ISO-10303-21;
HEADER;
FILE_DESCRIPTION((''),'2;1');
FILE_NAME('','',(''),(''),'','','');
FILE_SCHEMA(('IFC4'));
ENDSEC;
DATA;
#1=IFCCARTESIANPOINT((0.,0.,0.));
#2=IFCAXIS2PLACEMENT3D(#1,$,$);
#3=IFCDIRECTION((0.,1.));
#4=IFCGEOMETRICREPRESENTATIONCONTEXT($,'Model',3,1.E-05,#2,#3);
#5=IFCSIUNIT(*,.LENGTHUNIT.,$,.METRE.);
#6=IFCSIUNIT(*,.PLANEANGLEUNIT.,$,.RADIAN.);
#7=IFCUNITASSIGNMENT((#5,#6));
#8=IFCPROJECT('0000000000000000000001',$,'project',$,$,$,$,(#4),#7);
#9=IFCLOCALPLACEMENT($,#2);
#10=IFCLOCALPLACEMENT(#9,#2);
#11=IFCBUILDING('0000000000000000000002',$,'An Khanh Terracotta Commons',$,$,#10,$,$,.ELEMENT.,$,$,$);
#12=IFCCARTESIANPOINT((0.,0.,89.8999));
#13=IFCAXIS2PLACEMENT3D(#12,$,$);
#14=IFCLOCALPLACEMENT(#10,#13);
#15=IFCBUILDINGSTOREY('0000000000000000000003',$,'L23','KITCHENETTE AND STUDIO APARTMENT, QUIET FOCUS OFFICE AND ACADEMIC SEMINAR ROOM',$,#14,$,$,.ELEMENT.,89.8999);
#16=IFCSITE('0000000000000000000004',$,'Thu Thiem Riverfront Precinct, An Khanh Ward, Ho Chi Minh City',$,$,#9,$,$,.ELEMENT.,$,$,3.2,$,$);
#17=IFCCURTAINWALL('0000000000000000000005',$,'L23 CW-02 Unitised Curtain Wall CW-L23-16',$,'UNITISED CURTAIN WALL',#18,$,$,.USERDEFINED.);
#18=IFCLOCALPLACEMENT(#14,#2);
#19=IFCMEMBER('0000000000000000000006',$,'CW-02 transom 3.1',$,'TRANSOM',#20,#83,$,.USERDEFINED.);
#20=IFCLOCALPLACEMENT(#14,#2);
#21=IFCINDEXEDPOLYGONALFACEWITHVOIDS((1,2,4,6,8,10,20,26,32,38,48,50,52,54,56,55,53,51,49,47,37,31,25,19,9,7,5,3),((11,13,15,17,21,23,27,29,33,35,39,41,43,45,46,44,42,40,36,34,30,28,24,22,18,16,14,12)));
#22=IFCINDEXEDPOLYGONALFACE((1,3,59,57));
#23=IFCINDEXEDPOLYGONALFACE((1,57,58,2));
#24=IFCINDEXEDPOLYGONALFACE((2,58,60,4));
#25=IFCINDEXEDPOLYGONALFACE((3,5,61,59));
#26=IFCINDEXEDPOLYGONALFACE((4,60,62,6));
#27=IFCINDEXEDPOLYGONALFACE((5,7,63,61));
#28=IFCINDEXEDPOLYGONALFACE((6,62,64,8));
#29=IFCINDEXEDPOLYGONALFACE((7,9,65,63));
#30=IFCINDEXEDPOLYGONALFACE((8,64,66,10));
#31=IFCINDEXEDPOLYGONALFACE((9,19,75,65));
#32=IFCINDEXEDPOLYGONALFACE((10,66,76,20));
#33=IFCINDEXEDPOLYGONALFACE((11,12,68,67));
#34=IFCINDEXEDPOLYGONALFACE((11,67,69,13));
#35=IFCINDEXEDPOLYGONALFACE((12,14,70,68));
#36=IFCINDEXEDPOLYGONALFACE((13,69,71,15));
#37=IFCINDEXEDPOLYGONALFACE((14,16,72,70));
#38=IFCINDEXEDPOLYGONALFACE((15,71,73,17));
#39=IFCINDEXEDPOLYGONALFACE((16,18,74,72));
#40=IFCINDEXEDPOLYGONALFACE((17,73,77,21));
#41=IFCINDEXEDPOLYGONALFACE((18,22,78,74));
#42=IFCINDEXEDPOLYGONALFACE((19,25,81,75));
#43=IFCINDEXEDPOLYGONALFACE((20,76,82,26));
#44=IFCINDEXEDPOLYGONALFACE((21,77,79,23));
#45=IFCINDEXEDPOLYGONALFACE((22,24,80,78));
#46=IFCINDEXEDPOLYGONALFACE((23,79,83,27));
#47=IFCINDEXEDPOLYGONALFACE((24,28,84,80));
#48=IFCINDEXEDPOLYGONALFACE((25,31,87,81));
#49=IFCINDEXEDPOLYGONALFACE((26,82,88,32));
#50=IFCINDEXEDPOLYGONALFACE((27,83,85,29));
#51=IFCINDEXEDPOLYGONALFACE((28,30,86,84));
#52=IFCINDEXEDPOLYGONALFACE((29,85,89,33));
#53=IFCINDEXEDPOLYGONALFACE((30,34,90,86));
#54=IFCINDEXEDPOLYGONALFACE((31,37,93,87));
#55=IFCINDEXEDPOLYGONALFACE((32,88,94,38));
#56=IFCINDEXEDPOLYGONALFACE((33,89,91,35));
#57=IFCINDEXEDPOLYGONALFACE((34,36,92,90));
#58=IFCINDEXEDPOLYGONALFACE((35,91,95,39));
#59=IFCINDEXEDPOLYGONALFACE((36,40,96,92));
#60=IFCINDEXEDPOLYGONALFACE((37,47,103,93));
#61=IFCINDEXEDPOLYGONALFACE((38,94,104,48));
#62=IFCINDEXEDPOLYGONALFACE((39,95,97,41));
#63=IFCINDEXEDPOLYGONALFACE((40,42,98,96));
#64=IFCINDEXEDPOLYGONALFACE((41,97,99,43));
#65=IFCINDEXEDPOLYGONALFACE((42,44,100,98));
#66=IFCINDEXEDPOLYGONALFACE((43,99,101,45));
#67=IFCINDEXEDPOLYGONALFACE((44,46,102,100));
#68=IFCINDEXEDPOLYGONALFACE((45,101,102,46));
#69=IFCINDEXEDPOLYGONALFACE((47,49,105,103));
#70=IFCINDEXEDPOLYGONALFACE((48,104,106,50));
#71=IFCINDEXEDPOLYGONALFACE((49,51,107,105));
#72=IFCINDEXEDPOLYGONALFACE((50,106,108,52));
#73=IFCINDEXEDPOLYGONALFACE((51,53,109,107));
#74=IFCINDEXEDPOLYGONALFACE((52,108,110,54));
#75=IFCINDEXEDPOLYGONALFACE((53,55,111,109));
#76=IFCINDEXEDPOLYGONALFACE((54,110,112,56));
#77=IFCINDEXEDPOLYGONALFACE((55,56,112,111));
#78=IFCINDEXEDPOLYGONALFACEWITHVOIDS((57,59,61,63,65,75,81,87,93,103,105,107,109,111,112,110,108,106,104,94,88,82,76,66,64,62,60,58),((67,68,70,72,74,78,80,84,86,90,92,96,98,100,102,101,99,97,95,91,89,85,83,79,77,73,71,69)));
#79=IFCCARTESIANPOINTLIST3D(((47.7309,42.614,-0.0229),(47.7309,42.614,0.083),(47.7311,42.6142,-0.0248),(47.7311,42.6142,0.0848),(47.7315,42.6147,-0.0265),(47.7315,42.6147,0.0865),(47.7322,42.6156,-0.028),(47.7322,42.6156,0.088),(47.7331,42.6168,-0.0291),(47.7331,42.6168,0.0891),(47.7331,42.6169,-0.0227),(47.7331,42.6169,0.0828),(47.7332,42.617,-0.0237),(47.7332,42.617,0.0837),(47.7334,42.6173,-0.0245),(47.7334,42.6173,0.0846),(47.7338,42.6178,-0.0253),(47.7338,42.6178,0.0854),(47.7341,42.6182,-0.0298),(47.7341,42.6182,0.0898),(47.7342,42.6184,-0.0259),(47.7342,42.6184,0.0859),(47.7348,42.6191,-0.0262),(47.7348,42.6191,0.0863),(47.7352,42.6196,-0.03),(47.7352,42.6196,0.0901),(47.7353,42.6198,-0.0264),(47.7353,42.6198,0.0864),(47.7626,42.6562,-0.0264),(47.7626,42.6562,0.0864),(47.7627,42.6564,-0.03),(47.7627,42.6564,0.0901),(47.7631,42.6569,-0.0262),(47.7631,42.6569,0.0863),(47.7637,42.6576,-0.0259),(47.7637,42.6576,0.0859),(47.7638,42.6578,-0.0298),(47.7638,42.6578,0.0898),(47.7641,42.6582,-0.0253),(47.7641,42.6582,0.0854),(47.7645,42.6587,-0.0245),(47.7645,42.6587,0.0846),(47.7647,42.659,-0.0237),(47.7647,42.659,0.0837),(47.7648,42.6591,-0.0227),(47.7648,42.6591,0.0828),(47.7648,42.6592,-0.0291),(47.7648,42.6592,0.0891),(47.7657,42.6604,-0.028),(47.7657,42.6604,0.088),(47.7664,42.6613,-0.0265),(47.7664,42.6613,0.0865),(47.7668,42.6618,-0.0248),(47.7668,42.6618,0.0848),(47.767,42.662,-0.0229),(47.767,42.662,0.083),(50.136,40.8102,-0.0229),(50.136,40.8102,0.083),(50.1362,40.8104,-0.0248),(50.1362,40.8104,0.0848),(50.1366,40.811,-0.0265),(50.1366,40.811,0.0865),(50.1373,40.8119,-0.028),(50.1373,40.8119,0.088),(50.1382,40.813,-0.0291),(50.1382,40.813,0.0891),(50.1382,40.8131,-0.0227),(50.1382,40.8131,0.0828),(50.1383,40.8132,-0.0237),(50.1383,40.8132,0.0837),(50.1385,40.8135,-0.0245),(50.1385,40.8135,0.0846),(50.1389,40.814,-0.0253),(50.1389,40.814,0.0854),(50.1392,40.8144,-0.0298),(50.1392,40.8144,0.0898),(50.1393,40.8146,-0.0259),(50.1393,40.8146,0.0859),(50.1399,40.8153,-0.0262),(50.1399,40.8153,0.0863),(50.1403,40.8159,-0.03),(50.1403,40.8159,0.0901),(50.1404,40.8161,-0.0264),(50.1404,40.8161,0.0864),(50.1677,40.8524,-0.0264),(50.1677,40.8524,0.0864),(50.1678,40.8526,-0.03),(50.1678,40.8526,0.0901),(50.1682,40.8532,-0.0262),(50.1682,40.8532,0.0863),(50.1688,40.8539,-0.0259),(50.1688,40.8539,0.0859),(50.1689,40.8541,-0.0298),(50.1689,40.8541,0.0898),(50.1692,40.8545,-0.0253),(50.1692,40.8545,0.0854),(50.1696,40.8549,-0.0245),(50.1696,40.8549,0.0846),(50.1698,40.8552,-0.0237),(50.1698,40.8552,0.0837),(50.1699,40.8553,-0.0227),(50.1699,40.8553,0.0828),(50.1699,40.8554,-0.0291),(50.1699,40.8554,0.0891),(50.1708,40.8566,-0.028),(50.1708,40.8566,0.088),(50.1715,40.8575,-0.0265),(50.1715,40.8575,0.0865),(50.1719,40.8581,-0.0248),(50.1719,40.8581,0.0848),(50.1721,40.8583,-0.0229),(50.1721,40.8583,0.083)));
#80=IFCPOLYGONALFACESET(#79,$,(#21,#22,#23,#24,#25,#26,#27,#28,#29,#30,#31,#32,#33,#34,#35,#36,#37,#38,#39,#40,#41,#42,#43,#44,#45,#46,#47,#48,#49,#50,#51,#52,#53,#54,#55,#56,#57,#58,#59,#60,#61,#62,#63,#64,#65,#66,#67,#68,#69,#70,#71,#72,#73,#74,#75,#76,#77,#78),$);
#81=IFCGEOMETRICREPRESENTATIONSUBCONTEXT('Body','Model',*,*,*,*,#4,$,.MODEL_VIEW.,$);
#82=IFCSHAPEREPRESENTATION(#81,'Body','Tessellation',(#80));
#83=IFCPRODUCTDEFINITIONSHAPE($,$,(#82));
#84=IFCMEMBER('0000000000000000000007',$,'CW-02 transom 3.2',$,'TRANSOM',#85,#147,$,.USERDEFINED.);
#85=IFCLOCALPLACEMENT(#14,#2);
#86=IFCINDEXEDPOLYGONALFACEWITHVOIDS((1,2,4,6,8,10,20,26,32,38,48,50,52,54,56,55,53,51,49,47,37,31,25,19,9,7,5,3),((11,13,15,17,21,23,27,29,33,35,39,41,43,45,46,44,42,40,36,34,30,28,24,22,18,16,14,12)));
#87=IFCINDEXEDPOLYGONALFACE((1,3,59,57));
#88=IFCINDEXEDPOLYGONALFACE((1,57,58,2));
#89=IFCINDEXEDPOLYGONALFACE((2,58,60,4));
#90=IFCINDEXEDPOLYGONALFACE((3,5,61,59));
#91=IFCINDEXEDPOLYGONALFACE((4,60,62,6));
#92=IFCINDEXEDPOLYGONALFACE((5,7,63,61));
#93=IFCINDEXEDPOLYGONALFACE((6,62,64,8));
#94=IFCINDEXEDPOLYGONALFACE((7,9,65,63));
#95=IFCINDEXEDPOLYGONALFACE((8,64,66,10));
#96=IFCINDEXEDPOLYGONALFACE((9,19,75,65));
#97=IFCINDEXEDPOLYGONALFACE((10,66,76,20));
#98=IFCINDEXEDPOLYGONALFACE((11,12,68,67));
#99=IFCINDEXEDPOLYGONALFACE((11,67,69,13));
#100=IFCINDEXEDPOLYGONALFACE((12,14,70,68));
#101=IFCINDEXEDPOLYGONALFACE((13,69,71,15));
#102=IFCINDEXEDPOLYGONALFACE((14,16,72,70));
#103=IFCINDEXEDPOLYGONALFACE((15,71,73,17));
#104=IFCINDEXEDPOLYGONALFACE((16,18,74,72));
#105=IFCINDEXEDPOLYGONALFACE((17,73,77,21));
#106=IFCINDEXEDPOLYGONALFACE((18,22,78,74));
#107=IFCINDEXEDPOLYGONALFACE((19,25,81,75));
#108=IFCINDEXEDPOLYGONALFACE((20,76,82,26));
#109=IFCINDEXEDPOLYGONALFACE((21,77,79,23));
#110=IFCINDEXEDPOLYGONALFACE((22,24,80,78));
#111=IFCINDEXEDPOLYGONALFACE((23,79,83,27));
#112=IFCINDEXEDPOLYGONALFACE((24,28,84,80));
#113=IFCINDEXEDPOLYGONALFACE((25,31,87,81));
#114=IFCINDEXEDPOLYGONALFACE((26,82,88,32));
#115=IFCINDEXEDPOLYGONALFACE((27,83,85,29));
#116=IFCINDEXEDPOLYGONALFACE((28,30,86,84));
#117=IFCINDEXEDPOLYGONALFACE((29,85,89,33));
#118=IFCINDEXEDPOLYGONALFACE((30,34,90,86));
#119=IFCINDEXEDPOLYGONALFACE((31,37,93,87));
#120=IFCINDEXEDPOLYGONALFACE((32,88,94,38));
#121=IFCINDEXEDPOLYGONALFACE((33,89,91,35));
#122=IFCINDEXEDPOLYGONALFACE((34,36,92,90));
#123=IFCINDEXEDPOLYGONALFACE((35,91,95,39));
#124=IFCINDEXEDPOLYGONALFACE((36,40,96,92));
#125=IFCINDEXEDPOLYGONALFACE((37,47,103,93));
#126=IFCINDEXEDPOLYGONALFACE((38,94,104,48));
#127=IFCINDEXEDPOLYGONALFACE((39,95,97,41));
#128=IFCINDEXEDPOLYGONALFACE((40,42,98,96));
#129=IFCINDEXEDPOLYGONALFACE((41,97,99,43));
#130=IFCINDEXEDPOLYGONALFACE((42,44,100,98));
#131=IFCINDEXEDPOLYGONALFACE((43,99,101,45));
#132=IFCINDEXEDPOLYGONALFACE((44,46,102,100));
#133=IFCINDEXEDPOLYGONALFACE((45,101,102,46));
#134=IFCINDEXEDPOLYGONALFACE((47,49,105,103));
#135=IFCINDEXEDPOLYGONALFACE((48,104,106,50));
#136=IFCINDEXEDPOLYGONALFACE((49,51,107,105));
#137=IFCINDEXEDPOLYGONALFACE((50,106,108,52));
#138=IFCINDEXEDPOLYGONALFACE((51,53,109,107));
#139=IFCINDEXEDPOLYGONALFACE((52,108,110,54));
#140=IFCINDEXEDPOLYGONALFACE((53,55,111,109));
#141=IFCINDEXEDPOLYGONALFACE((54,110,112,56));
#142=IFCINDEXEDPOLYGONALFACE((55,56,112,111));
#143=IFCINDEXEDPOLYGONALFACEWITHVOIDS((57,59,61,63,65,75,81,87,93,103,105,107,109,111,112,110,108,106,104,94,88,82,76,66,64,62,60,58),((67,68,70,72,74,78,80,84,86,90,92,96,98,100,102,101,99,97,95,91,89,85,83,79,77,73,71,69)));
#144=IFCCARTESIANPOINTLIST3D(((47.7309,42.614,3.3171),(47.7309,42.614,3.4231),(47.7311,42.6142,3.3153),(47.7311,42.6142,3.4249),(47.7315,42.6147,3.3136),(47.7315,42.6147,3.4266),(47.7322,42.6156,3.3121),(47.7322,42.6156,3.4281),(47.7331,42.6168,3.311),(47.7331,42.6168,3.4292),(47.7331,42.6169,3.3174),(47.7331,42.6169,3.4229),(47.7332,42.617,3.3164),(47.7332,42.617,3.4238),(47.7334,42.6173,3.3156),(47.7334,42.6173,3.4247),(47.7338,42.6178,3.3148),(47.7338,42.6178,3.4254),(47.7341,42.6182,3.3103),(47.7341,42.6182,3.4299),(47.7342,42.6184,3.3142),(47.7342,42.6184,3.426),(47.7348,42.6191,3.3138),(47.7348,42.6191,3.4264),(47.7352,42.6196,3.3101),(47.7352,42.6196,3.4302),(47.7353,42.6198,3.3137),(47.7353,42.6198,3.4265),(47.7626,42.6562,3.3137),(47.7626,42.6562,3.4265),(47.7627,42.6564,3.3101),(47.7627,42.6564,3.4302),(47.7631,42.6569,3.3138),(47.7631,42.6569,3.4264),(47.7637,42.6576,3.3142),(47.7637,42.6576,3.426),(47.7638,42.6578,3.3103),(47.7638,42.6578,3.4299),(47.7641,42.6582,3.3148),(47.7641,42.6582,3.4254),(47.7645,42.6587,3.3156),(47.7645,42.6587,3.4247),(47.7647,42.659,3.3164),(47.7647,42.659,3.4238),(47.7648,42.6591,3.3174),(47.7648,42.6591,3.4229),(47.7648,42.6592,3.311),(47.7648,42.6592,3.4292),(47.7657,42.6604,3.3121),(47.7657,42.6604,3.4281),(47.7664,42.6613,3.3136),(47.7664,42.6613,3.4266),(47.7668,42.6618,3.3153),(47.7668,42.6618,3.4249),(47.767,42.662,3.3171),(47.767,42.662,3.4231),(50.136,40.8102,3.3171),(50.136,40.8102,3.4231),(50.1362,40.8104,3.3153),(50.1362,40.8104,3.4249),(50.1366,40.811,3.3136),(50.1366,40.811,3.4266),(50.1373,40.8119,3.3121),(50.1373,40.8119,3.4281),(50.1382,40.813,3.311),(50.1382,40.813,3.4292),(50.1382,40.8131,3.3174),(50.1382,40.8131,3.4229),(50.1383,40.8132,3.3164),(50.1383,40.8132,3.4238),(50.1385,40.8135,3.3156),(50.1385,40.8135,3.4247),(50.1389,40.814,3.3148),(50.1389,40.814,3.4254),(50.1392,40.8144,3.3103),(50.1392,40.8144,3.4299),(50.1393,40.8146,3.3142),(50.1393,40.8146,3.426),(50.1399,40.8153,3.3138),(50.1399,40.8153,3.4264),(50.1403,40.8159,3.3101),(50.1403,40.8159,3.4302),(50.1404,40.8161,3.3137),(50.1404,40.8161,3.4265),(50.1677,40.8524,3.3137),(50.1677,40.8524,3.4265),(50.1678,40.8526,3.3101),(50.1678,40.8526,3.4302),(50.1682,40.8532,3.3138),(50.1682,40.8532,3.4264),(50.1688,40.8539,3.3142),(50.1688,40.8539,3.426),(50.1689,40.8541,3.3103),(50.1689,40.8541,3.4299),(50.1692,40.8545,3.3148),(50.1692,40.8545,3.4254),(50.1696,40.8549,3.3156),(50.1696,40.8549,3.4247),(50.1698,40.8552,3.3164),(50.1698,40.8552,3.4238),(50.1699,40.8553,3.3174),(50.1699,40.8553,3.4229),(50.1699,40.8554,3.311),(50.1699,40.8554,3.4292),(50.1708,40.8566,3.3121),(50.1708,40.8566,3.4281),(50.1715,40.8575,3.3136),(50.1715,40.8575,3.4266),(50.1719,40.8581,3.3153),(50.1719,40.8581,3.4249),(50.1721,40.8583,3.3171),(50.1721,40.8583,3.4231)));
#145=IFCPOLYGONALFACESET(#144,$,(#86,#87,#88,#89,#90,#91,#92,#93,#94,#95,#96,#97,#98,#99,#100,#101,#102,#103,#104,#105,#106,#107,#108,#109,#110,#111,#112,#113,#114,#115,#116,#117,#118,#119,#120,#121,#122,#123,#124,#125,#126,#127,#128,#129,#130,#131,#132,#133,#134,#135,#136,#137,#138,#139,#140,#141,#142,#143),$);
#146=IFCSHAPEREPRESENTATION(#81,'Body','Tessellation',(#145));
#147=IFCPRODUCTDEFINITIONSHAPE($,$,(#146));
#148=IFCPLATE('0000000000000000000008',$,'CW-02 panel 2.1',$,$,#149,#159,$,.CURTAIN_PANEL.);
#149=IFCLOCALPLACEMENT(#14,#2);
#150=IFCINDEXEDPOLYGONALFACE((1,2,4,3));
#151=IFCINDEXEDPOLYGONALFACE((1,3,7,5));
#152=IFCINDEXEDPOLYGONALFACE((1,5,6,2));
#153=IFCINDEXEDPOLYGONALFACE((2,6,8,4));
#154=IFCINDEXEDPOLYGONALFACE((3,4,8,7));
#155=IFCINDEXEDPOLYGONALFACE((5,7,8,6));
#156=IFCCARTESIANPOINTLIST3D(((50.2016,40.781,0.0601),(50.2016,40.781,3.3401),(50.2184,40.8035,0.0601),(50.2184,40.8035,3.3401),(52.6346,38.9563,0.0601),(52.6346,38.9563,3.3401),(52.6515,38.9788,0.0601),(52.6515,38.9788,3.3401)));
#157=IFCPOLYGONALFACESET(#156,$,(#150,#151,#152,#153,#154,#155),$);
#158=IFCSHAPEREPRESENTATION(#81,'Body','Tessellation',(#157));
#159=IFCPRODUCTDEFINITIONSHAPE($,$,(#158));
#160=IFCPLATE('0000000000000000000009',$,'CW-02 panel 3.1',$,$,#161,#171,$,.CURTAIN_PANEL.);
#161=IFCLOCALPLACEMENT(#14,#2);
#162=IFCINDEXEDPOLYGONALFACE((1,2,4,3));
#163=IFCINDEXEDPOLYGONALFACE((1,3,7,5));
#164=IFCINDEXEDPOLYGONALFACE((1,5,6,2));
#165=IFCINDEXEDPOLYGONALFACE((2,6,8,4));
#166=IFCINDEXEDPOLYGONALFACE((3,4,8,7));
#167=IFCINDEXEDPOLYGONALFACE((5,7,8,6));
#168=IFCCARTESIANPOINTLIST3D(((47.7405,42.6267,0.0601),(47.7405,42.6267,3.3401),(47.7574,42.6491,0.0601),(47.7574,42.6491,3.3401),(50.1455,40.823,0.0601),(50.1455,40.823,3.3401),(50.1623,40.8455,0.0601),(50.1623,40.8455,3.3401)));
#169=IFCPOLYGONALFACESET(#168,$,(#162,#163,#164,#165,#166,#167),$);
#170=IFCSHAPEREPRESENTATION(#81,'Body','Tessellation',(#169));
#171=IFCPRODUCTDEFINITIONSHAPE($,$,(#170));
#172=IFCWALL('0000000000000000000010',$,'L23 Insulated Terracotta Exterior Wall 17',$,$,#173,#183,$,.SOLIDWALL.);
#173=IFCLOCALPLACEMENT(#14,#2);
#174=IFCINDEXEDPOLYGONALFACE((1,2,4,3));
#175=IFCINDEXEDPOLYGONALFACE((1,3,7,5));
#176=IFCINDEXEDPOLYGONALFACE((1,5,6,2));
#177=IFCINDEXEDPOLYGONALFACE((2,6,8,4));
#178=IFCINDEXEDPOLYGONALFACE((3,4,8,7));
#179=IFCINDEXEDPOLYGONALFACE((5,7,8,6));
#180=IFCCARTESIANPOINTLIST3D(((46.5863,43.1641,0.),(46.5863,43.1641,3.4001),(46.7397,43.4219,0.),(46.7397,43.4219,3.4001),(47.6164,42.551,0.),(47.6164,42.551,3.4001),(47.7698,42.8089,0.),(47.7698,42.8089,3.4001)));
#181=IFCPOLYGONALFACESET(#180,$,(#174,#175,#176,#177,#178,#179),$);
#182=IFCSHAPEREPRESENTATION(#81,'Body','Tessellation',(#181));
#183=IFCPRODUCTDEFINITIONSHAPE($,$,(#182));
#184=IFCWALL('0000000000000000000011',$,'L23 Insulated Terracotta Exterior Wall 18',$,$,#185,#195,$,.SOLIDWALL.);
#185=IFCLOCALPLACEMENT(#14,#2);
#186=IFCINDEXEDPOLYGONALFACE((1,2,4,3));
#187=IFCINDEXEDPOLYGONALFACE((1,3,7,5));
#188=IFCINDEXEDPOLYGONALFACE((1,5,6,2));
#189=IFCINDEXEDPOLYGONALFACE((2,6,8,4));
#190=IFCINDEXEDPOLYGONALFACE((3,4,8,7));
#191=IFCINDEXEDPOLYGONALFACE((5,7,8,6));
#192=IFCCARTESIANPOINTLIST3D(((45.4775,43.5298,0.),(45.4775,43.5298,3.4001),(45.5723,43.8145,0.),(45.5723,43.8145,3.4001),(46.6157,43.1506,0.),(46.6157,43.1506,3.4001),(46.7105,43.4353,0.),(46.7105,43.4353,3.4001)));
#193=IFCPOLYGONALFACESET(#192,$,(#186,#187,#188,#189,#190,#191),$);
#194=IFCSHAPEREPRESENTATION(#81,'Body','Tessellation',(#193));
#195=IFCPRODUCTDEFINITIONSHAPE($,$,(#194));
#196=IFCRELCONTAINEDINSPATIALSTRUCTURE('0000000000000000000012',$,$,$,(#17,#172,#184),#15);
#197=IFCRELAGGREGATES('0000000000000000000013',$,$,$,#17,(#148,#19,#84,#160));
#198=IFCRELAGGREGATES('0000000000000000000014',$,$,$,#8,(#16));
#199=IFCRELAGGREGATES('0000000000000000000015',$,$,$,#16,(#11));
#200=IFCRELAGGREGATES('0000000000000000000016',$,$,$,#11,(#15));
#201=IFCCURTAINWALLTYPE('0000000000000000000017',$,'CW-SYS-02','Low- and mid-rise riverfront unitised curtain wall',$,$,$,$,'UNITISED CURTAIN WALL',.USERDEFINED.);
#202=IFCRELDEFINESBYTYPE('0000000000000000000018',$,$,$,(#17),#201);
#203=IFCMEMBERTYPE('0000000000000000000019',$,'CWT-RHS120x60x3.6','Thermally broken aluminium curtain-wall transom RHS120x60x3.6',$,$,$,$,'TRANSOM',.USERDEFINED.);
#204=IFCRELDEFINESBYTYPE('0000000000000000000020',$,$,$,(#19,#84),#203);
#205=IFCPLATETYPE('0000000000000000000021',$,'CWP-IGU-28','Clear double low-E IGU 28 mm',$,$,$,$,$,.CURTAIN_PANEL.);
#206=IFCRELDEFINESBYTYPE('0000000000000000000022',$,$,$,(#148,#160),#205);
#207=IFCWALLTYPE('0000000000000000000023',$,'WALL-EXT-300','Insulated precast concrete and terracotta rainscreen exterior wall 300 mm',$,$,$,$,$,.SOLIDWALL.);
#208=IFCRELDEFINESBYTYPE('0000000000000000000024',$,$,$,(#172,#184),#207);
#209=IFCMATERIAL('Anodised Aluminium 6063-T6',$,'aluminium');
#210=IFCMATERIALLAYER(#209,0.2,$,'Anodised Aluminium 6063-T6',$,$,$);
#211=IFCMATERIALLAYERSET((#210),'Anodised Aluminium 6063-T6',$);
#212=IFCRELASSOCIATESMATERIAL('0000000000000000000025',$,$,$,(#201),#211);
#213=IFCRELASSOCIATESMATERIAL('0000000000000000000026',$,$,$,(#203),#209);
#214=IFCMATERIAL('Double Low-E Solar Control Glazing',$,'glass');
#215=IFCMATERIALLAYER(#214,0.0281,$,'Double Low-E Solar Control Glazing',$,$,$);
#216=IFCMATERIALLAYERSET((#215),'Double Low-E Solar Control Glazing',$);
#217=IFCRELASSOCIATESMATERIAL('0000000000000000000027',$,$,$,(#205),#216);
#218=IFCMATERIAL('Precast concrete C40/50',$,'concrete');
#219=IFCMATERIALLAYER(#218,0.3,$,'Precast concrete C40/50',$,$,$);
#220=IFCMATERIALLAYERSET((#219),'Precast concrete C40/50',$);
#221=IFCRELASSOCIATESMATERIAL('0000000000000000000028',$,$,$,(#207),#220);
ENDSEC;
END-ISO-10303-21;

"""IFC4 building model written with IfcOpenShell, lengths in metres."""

from ifc_helpers import new_model, si_unit, direction, frame, frame_2d, origin, origin_2d, place, context, subcontext, project, spatial, rectangle, hollow_rectangle, extrude, material, layer, layer_set, material_profile, profile_set, type_object, element, aggregate, save


model = new_model("IFC4")

# Units and contexts
model_context = context("Model", 3, precision=1e-05, world=origin(), true_north=direction((0.0, 1.0)))
body_context = subcontext(model_context, "Body", "Model", "MODEL_VIEW")
ifc_project = project(units=[si_unit("LENGTHUNIT", "METRE"), si_unit("PLANEANGLEUNIT", "RADIAN")], contexts=[model_context])

# Site, building, storey
site_placement = place(None, origin())
site = spatial("IfcSite", under=ifc_project, at=site_placement, Name="Thu Thiem Riverfront Precinct, An Khanh Ward, Ho Chi Minh City", CompositionType="ELEMENT", RefElevation=3.2)
building_placement = place(site_placement, origin())
building = spatial("IfcBuilding", under=site, at=building_placement, Name="An Khanh Terracotta Commons", CompositionType="ELEMENT")
storey_placement = place(building_placement, frame((0.0, 0.0, 89.8999)))
storey = spatial("IfcBuildingStorey", under=building, at=storey_placement, Name="L23", Description="KITCHENETTE AND STUDIO APARTMENT, QUIET FOCUS OFFICE AND ACADEMIC SEMINAR ROOM", CompositionType="ELEMENT", Elevation=89.8999)

# Curtain wall, members, plates
ifc_material_1 = material(Name="Anodised Aluminium 6063-T6", Category="aluminium")
ifc_layer_1 = layer(ifc_material_1, 0.2, Name="Anodised Aluminium 6063-T6")
ifc_layer_set_1 = layer_set([ifc_layer_1], Name="Anodised Aluminium 6063-T6")
curtain_wall_type = type_object("IfcCurtainWallType", Name="CW-SYS-02", Description="Low- and mid-rise riverfront unitised curtain wall", ElementType="UNITISED CURTAIN WALL", PredefinedType="USERDEFINED", material=ifc_layer_set_1)
curtain_wall_placement = place(storey_placement, origin())
curtain_wall = element("IfcCurtainWall", 1, at=curtain_wall_placement, inside=storey, type_object=curtain_wall_type, Name="L23 CW-02 Unitised Curtain Wall CW-L23-16", ObjectType="UNITISED CURTAIN WALL", PredefinedType="USERDEFINED")
ifc_material_profile_1 = material_profile(ifc_material_1, hollow_rectangle(XDim=0.0601, YDim=0.1201, WallThickness=0.0037, InnerFilletRadius=0.0037, OuterFilletRadius=0.0071, at=origin_2d()), Name="RHS120x60x3.6")
ifc_profile_set_1 = profile_set([ifc_material_profile_1], Name="Anodised Aluminium 6063-T6")
member_type_1 = type_object("IfcMemberType", Name="CWT-RHS120x60x3.6", Description="Thermally broken aluminium curtain-wall transom RHS120x60x3.6", ElementType="TRANSOM", PredefinedType="USERDEFINED", material=ifc_profile_set_1)
member_1_placement = place(storey_placement, frame((50.1541, 40.8342, 0.03), z_axis=(-0.80001, 0.599987, 0.0), x_axis=(-0.599987, -0.80001, 0.0)))
member_1 = element("IfcMember", 2, at=member_1_placement, type_object=member_type_1, Name="CW-02 transom 3.1", ObjectType="TRANSOM", PredefinedType="USERDEFINED", context=body_context, shape_type="SweptSolid", body=[
    extrude(hollow_rectangle(XDim=0.0601, YDim=0.1201, WallThickness=0.0037, InnerFilletRadius=0.0037, OuterFilletRadius=0.0071, at=origin_2d()), origin(), (0.0, 0.0, 1.0), 3.0063),
])
member_2_placement = place(storey_placement, frame((50.1541, 40.8342, 3.3701), z_axis=(-0.80001, 0.599987, 0.0), x_axis=(-0.599987, -0.80001, 0.0)))
member_2 = element("IfcMember", 3, at=member_2_placement, type_object=member_type_1, Name="CW-02 transom 3.2", ObjectType="TRANSOM", PredefinedType="USERDEFINED", context=body_context, shape_type="SweptSolid", body=[
    extrude(hollow_rectangle(XDim=0.0601, YDim=0.1201, WallThickness=0.0037, InnerFilletRadius=0.0037, OuterFilletRadius=0.0071, at=origin_2d()), origin(), (0.0, 0.0, 1.0), 3.0063),
])
ifc_material_2 = material(Name="Double Low-E Solar Control Glazing", Category="glass")
ifc_layer_2 = layer(ifc_material_2, 0.0281, Name="Double Low-E Solar Control Glazing")
ifc_layer_set_2 = layer_set([ifc_layer_2], Name="Double Low-E Solar Control Glazing")
plate_type = type_object("IfcPlateType", Name="CWP-IGU-28", Description="Clear double low-E IGU 28 mm", PredefinedType="CURTAIN_PANEL", material=ifc_layer_set_2)
plate_1_placement = place(storey_placement, frame((51.4265, 39.8799, 0.0601), z_axis=(0.0, 0.0, 1.0), x_axis=(-0.800013, 0.599983, 0.0)))
plate_1 = element("IfcPlate", 4, at=plate_1_placement, type_object=plate_type, Name="CW-02 panel 2.1", PredefinedType="CURTAIN_PANEL", context=body_context, shape_type="SweptSolid", body=[
    extrude(rectangle(XDim=3.0413, YDim=0.0281, at=origin_2d()), origin(), (0.0, 0.0, 1.0), 3.28),
])
plate_2_placement = place(storey_placement, frame((48.9514, 41.7361, 0.0601), z_axis=(0.0, 0.0, 1.0), x_axis=(-0.800013, 0.599983, 0.0)))
plate_2 = element("IfcPlate", 5, at=plate_2_placement, type_object=plate_type, Name="CW-02 panel 3.1", PredefinedType="CURTAIN_PANEL", context=body_context, shape_type="SweptSolid", body=[
    extrude(rectangle(XDim=3.0061, YDim=0.0281, at=origin_2d()), origin(), (0.0, 0.0, 1.0), 3.28),
])
aggregate(curtain_wall, [plate_1, member_1, member_2, plate_2])

# Walls
ifc_material_3 = material(Name="Precast concrete C40/50", Category="concrete")
ifc_layer_3 = layer(ifc_material_3, 0.3, Name="Precast concrete C40/50")
ifc_layer_set_3 = layer_set([ifc_layer_3], Name="Precast concrete C40/50")
wall_type_1 = type_object("IfcWallType", Name="WALL-EXT-300", Description="Insulated precast concrete and terracotta rainscreen exterior wall 300 mm", PredefinedType="SOLIDWALL", material=ifc_layer_set_3)
wall_1_placement = place(storey_placement, frame((47.6931, 42.6799, 0.0), z_axis=(0.0, 0.0, 1.0), x_axis=(-0.859321, 0.511437, 0.0)))
element("IfcWall", 6, at=wall_1_placement, inside=storey, type_object=wall_type_1, Name="L23 Insulated Terracotta Exterior Wall 17", PredefinedType="SOLIDWALL", context=body_context, shape_type="SweptSolid", body=[
    extrude(rectangle(XDim=1.1987, YDim=0.3, at=frame_2d((0.5994, 0.0))), origin(), (0.0, 0.0, 1.0), 3.4001),
])
wall_2_placement = place(storey_placement, frame((46.6631, 43.293, 0.0), z_axis=(0.0, 0.0, 1.0), x_axis=(-0.948744, 0.316045, 0.0)))
element("IfcWall", 7, at=wall_2_placement, inside=storey, type_object=wall_type_1, Name="L23 Insulated Terracotta Exterior Wall 18", PredefinedType="SOLIDWALL", context=body_context, shape_type="SweptSolid", body=[
    extrude(rectangle(XDim=1.1997, YDim=0.3, at=frame_2d((0.5999, 0.0))), origin(), (0.0, 0.0, 1.0), 3.4001),
])

save(model, "model.ifc")
